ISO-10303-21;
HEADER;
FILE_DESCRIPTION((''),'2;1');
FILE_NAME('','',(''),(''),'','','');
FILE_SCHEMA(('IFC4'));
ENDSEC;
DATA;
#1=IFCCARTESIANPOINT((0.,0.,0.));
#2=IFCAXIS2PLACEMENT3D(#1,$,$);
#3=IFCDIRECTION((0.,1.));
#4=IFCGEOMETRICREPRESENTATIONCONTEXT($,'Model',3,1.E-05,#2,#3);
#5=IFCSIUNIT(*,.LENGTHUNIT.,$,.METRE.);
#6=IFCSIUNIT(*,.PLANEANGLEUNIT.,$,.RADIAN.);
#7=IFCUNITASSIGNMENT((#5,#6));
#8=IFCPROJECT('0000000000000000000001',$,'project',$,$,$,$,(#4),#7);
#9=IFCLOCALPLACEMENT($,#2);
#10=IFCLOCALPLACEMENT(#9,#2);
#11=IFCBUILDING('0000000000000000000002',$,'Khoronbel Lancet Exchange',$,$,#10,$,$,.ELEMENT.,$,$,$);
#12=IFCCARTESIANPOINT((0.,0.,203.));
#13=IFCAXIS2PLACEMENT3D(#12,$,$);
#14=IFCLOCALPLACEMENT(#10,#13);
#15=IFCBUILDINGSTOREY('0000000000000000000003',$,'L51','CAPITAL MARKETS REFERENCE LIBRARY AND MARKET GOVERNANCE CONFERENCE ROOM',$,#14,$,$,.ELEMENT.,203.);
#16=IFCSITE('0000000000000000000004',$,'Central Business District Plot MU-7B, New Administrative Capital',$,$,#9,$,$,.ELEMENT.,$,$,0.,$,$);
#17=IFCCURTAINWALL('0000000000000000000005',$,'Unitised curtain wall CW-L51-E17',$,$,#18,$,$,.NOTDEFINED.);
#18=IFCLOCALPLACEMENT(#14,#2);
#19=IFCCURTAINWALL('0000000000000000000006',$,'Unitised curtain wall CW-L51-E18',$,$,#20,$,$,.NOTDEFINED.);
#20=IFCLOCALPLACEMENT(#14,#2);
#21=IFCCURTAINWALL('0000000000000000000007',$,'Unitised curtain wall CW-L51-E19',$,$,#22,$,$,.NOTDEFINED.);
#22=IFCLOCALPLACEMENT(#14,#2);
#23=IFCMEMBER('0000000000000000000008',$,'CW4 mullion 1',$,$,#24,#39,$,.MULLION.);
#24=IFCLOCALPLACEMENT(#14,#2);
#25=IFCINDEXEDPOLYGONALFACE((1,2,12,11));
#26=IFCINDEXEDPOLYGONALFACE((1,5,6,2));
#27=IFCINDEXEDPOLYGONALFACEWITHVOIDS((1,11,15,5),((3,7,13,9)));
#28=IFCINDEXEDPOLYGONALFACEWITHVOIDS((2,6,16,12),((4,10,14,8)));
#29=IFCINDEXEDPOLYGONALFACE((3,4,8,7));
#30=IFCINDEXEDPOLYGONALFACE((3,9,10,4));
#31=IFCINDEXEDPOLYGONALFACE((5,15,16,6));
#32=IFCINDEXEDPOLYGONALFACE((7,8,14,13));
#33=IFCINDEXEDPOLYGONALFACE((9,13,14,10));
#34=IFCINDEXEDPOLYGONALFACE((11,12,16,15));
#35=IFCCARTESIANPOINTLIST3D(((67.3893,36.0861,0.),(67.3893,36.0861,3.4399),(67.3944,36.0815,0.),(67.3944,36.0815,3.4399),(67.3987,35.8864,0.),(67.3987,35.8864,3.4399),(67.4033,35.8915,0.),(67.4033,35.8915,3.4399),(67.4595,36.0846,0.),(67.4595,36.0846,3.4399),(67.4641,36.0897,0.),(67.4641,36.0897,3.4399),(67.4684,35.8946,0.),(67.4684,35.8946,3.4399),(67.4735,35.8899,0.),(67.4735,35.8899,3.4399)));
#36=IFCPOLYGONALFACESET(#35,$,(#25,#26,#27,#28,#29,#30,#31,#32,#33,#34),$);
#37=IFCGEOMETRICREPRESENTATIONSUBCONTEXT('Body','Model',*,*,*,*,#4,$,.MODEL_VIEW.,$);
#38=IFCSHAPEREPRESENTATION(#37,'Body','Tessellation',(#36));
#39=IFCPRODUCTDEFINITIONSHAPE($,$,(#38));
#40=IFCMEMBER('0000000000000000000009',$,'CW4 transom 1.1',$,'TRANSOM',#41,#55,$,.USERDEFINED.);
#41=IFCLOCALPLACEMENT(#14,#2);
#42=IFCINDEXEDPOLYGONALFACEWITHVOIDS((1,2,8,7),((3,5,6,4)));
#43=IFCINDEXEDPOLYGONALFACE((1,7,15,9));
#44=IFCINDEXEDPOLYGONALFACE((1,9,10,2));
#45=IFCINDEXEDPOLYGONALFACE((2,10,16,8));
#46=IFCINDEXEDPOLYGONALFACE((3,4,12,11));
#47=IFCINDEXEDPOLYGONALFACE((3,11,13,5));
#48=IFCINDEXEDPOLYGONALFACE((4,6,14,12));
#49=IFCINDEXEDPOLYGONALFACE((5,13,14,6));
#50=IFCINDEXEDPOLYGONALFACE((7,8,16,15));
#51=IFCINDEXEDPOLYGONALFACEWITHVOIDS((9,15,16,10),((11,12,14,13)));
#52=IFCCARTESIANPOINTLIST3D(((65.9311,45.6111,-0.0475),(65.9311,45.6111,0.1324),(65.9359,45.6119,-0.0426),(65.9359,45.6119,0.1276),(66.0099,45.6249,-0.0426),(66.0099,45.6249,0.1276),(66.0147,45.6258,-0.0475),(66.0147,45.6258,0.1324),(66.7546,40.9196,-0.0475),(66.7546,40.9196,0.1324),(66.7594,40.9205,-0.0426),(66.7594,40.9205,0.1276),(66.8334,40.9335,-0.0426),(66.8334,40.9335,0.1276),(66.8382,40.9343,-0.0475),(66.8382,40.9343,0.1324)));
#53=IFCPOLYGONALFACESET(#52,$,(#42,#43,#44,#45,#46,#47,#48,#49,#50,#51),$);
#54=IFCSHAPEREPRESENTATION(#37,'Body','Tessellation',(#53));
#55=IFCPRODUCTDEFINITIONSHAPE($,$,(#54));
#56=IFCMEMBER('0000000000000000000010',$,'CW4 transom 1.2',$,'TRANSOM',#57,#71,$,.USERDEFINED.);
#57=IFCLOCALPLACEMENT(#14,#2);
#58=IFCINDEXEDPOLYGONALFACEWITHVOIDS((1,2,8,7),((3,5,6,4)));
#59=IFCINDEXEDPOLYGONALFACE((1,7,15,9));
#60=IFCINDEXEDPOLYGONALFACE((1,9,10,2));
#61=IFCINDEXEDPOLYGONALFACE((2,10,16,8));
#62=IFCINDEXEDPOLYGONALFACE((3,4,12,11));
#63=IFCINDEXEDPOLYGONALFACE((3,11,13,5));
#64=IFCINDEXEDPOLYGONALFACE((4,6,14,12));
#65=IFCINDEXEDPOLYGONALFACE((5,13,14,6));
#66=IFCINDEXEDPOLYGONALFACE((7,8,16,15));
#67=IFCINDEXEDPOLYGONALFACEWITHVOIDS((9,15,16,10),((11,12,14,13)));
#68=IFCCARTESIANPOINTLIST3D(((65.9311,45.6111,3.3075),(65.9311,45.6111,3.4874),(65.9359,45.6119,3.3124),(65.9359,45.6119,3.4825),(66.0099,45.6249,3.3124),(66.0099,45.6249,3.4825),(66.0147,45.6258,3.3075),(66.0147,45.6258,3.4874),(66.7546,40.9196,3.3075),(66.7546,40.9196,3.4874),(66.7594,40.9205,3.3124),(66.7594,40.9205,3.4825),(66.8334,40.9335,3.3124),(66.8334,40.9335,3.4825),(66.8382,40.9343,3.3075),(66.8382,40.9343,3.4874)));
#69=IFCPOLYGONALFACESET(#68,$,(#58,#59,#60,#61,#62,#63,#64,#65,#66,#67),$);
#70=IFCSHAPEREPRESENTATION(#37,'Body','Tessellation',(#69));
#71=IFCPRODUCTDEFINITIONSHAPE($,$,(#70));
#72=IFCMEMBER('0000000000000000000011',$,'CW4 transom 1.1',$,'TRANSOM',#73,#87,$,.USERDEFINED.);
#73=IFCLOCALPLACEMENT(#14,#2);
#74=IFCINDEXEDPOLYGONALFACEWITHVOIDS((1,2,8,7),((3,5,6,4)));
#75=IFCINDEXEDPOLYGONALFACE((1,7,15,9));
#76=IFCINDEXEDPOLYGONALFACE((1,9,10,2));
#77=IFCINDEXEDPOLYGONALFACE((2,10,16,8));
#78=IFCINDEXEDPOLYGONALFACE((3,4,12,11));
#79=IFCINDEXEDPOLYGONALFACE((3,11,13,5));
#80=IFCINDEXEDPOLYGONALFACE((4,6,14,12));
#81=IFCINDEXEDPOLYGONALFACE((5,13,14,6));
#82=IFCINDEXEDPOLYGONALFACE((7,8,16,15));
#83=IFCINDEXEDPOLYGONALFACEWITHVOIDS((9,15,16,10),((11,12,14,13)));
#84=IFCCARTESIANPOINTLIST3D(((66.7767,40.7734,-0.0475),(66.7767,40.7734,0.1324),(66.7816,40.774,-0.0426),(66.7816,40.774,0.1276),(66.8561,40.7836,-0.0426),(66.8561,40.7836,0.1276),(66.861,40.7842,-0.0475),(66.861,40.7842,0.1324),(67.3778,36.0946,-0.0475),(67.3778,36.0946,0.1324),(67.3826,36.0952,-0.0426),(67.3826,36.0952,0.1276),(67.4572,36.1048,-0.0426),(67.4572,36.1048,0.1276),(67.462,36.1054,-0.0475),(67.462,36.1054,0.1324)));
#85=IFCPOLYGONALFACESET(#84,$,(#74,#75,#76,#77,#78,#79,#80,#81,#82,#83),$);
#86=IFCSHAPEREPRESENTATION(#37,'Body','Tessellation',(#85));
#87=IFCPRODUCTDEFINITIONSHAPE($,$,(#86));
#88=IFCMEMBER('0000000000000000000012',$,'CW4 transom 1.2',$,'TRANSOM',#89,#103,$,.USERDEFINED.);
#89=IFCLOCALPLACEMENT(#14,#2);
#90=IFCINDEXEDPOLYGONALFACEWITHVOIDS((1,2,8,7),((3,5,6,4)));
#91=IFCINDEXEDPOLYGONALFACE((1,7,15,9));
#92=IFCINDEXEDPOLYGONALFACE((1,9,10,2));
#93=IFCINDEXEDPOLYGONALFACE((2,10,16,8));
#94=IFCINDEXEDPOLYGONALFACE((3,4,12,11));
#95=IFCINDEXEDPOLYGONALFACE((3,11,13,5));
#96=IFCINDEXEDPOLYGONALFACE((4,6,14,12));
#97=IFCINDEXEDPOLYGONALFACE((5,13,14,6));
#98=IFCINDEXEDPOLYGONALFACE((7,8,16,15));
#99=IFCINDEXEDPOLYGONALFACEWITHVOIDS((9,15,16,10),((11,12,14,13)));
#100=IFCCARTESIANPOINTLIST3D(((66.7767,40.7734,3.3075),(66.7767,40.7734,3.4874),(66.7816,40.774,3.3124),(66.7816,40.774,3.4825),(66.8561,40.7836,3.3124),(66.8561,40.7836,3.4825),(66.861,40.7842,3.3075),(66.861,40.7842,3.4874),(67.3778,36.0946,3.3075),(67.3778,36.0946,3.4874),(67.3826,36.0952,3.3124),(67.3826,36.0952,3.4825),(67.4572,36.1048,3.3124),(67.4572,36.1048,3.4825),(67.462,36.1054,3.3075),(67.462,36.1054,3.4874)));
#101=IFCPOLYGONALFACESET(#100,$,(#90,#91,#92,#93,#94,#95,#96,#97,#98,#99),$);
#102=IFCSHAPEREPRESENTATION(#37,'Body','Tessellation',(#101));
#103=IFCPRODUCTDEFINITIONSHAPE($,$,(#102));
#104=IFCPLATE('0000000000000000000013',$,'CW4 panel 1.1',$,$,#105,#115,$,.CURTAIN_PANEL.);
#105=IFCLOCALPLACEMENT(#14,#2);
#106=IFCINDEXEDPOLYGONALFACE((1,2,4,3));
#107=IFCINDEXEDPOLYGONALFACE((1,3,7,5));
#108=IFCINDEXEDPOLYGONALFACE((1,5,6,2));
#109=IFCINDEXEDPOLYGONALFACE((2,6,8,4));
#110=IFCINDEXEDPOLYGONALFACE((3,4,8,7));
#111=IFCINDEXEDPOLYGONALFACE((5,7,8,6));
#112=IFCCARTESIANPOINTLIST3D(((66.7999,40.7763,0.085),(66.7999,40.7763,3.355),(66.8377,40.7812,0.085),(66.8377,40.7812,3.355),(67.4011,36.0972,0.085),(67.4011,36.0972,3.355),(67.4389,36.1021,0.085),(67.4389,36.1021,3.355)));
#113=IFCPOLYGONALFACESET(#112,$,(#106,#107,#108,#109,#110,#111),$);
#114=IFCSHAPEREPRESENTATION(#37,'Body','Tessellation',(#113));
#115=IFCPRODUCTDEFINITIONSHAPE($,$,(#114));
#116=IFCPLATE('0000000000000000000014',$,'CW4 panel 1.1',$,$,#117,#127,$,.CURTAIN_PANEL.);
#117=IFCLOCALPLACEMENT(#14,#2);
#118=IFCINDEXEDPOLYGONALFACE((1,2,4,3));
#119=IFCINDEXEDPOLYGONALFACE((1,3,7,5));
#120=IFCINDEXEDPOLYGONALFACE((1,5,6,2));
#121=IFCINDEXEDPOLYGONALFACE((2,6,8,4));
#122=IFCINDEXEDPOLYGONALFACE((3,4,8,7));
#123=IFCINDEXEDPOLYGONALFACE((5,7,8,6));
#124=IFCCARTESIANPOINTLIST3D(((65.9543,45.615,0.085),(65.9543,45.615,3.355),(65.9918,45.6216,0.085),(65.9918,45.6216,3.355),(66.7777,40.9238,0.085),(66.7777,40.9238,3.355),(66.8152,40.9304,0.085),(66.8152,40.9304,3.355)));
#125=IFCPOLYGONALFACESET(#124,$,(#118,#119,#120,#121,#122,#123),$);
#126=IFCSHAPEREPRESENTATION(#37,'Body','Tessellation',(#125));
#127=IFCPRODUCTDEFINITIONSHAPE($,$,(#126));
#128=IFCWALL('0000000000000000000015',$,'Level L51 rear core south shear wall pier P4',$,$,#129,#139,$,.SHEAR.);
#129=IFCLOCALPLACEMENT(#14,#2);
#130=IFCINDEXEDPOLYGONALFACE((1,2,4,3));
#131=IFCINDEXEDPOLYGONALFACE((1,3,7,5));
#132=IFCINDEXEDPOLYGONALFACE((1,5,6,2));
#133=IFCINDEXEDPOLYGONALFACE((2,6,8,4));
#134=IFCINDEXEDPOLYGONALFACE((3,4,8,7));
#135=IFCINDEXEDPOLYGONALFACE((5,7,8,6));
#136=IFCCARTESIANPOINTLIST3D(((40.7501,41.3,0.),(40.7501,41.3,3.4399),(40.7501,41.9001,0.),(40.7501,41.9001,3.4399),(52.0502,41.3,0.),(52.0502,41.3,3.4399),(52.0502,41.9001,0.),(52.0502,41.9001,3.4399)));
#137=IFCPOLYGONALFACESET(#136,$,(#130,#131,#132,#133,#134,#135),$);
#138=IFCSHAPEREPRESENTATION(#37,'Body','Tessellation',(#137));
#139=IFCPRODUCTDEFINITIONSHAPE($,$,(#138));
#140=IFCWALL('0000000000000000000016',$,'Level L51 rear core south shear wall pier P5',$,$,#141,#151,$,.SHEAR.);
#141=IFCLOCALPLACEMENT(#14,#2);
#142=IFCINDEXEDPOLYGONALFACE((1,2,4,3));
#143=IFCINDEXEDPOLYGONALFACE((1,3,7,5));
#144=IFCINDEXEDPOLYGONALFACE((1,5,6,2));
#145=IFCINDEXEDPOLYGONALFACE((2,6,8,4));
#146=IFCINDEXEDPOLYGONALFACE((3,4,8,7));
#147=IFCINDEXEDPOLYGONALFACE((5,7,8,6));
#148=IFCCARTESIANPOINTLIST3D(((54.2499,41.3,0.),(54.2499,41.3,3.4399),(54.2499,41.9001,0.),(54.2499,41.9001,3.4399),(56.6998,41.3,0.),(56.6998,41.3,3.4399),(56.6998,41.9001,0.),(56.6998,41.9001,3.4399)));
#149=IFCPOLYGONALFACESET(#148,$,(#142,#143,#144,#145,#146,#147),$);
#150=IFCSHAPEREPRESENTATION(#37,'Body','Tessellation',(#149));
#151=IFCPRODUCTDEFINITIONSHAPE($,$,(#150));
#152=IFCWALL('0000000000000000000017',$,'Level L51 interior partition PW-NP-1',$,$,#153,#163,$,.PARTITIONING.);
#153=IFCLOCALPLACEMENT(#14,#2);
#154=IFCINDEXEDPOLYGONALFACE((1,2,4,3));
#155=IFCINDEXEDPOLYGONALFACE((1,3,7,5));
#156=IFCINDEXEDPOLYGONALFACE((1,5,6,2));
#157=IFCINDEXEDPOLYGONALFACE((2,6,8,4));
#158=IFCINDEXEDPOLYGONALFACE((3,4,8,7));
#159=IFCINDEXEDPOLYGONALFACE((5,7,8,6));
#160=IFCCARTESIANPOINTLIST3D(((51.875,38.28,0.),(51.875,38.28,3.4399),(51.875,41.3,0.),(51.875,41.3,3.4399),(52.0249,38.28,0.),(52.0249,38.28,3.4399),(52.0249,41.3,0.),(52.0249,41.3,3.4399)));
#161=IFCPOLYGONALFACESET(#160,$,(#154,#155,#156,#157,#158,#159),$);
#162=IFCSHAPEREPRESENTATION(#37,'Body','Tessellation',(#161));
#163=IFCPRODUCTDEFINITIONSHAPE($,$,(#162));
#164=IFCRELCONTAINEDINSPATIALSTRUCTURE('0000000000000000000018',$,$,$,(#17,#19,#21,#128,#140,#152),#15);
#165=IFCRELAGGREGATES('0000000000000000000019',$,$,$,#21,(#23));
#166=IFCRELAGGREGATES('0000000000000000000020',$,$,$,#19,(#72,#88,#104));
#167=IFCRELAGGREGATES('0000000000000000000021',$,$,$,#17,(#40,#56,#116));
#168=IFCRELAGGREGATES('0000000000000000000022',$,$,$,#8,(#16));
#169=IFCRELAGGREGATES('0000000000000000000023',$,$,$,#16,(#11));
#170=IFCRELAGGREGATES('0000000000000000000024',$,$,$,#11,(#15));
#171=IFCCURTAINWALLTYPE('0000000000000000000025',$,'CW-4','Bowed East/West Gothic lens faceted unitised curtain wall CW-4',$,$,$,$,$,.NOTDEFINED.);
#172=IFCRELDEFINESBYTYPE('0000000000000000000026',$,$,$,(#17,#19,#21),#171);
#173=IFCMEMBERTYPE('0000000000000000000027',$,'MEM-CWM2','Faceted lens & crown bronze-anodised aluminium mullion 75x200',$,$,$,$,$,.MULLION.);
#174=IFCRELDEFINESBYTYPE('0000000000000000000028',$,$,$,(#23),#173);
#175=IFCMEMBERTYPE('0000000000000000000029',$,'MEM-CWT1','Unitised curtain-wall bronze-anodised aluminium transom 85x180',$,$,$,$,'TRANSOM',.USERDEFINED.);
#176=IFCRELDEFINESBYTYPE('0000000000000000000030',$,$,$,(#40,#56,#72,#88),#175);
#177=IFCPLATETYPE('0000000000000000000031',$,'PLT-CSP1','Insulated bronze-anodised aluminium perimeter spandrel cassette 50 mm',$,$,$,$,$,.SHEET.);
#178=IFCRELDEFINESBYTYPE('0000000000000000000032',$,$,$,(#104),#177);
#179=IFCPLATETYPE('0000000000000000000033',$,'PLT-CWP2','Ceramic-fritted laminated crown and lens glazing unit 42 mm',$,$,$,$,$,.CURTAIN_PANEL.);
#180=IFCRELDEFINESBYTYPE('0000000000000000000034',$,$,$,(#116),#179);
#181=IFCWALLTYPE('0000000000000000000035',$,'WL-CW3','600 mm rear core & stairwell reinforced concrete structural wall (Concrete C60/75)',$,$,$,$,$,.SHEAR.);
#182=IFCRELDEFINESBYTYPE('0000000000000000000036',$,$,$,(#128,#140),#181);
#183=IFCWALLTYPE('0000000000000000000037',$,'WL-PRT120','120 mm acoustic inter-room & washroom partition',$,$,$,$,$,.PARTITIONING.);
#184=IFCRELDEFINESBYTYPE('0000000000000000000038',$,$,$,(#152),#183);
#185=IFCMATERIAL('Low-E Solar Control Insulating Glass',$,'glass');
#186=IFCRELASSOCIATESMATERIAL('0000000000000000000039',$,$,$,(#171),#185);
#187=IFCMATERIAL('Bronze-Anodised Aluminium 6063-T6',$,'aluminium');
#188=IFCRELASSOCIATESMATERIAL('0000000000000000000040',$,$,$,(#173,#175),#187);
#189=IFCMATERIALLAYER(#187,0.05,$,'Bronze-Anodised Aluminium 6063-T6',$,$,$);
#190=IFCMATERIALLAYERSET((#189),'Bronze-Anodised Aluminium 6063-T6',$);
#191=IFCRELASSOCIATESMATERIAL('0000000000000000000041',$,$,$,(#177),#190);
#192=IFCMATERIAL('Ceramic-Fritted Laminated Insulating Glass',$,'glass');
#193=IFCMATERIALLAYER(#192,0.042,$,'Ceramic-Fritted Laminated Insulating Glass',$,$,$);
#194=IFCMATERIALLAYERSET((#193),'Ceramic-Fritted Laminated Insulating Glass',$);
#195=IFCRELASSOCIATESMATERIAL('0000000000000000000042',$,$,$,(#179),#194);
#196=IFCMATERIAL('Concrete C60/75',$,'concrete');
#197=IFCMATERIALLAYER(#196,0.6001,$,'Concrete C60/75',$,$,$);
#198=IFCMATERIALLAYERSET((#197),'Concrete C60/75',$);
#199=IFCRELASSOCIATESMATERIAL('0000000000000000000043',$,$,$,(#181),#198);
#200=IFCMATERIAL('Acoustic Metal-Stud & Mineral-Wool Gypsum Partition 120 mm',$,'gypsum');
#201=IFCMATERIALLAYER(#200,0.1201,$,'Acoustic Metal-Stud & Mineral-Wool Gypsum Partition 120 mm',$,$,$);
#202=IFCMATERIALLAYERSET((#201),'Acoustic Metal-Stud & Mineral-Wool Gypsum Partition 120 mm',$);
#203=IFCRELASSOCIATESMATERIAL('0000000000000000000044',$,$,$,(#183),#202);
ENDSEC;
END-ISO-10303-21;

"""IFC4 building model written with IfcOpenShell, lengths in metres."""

from ifc_helpers import new_model, si_unit, direction, frame, frame_2d, origin, origin_2d, place, context, subcontext, project, spatial, rectangle, hollow_rectangle, extrude, material, layer, layer_set, material_profile, profile_set, type_object, element, aggregate, save


model = new_model("IFC4")

# Units and contexts
model_context = context("Model", 3, precision=1e-05, world=origin(), true_north=direction((0.0, 1.0)))
body_context = subcontext(model_context, "Body", "Model", "MODEL_VIEW")
ifc_project = project(units=[si_unit("LENGTHUNIT", "METRE"), si_unit("PLANEANGLEUNIT", "RADIAN")], contexts=[model_context])

# Site, building, storey
site_placement = place(None, origin())
site = spatial("IfcSite", under=ifc_project, at=site_placement, Name="Central Business District Plot MU-7B, New Administrative Capital", CompositionType="ELEMENT", RefElevation=0.0)
building_placement = place(site_placement, origin())
building = spatial("IfcBuilding", under=site, at=building_placement, Name="Khoronbel Lancet Exchange", CompositionType="ELEMENT")
storey_placement = place(building_placement, frame((0.0, 0.0, 203.0)))
storey = spatial("IfcBuildingStorey", under=building, at=storey_placement, Name="L51", Description="CAPITAL MARKETS REFERENCE LIBRARY AND MARKET GOVERNANCE CONFERENCE ROOM", CompositionType="ELEMENT", Elevation=203.0)

# Shared definitions
ifc_material_1 = material(Name="Concrete C60/75", Category="concrete")

# Curtain walls
ifc_material_2 = material(Name="Low-E Solar Control Insulating Glass", Category="glass")
curtain_wall_type = type_object("IfcCurtainWallType", Name="CW-4", Description="Bowed East/West Gothic lens faceted unitised curtain wall CW-4", PredefinedType="NOTDEFINED", material=ifc_material_2)
curtain_wall_1_placement = place(storey_placement, origin())
curtain_wall_1 = element("IfcCurtainWall", 1, at=curtain_wall_1_placement, inside=storey, type_object=curtain_wall_type, Name="Unitised curtain wall CW-L51-E17", PredefinedType="NOTDEFINED")
ifc_material_3 = material(Name="Bronze-Anodised Aluminium 6063-T6", Category="aluminium")
ifc_material_profile_1 = material_profile(ifc_material_3, hollow_rectangle(XDim=0.075, YDim=0.2, WallThickness=0.0049, at=origin_2d()), Name="ALU MULLION 75x200")
ifc_profile_set_1 = profile_set([ifc_material_profile_1], Name="Bronze-Anodised Aluminium 6063-T6")
member_type_1 = type_object("IfcMemberType", Name="MEM-CWM2", Description="Faceted lens & crown bronze-anodised aluminium mullion 75x200", PredefinedType="MULLION", material=ifc_profile_set_1)
curtain_wall_2_placement = place(storey_placement, origin())
curtain_wall_2 = element("IfcCurtainWall", 2, at=curtain_wall_2_placement, inside=storey, type_object=curtain_wall_type, Name="Unitised curtain wall CW-L51-E18", PredefinedType="NOTDEFINED")

# Curtain wall, member
curtain_wall_3_placement = place(storey_placement, origin())
curtain_wall_3 = element("IfcCurtainWall", 3, at=curtain_wall_3_placement, inside=storey, type_object=curtain_wall_type, Name="Unitised curtain wall CW-L51-E19", PredefinedType="NOTDEFINED")
member_1_placement = place(storey_placement, frame((67.4314, 35.988, 0.0), z_axis=(0.0, 0.0, 1.0), x_axis=(0.998896, 0.04697, 0.0)))
member_1 = element("IfcMember", 4, at=member_1_placement, type_object=member_type_1, Name="CW4 mullion 1", PredefinedType="MULLION", context=body_context, shape_type="SweptSolid", body=[
    extrude(hollow_rectangle(XDim=0.075, YDim=0.2, WallThickness=0.0049, at=origin_2d()), origin(), (0.0, 0.0, 1.0), 3.4399),
])
aggregate(curtain_wall_3, [member_1])

# Members
ifc_material_profile_2 = material_profile(ifc_material_3, hollow_rectangle(XDim=0.085, YDim=0.1799, WallThickness=0.0049, at=origin_2d()), Name="ALU TRANSOM 85x180")
ifc_profile_set_2 = profile_set([ifc_material_profile_2], Name="Bronze-Anodised Aluminium 6063-T6")
member_type_2 = type_object("IfcMemberType", Name="MEM-CWT1", Description="Unitised curtain-wall bronze-anodised aluminium transom 85x180", ElementType="TRANSOM", PredefinedType="USERDEFINED", material=ifc_profile_set_2)
member_2_placement = place(storey_placement, frame((65.9729, 45.6184, 0.0425), z_axis=(0.172888, -0.984942, 0.0), x_axis=(0.984942, 0.172888, 0.0)))
member_2 = element("IfcMember", 5, at=member_2_placement, type_object=member_type_2, Name="CW4 transom 1.1", ObjectType="TRANSOM", PredefinedType="USERDEFINED", context=body_context, shape_type="SweptSolid", body=[
    extrude(hollow_rectangle(XDim=0.085, YDim=0.1799, WallThickness=0.0049, at=origin_2d()), origin(), (0.0, 0.0, 1.0), 4.7632),
])
member_3_placement = place(storey_placement, frame((65.9729, 45.6184, 3.3975), z_axis=(0.172888, -0.984942, 0.0), x_axis=(0.984942, 0.172888, 0.0)))
member_3 = element("IfcMember", 6, at=member_3_placement, type_object=member_type_2, Name="CW4 transom 1.2", ObjectType="TRANSOM", PredefinedType="USERDEFINED", context=body_context, shape_type="SweptSolid", body=[
    extrude(hollow_rectangle(XDim=0.085, YDim=0.1799, WallThickness=0.0049, at=origin_2d()), origin(), (0.0, 0.0, 1.0), 4.7632),
])
member_4_placement = place(storey_placement, frame((66.8188, 40.7788, 0.0425), z_axis=(0.127416, -0.991849, 0.0), x_axis=(0.991849, 0.127416, 0.0)))
member_4 = element("IfcMember", 7, at=member_4_placement, type_object=member_type_2, Name="CW4 transom 1.1", ObjectType="TRANSOM", PredefinedType="USERDEFINED", context=body_context, shape_type="SweptSolid", body=[
    extrude(hollow_rectangle(XDim=0.085, YDim=0.1799, WallThickness=0.0049, at=origin_2d()), origin(), (0.0, 0.0, 1.0), 4.7173),
])
member_5_placement = place(storey_placement, frame((66.8188, 40.7788, 3.3975), z_axis=(0.127416, -0.991849, 0.0), x_axis=(0.991849, 0.127416, 0.0)))
member_5 = element("IfcMember", 8, at=member_5_placement, type_object=member_type_2, Name="CW4 transom 1.2", ObjectType="TRANSOM", PredefinedType="USERDEFINED", context=body_context, shape_type="SweptSolid", body=[
    extrude(hollow_rectangle(XDim=0.085, YDim=0.1799, WallThickness=0.0049, at=origin_2d()), origin(), (0.0, 0.0, 1.0), 4.7173),
])

# Plates
ifc_layer_1 = layer(ifc_material_3, 0.05, Name="Bronze-Anodised Aluminium 6063-T6")
ifc_layer_set_1 = layer_set([ifc_layer_1], Name="Bronze-Anodised Aluminium 6063-T6")
plate_type_1 = type_object("IfcPlateType", Name="PLT-CSP1", Description="Insulated bronze-anodised aluminium perimeter spandrel cassette 50 mm", PredefinedType="SHEET", material=ifc_layer_set_1)
plate_1_placement = place(storey_placement, frame((67.1194, 38.4392, 0.085), z_axis=(0.0, 0.0, 1.0), x_axis=(0.127437, -0.991847, 0.0)))
plate_1 = element("IfcPlate", 9, at=plate_1_placement, type_object=plate_type_1, Name="CW4 panel 1.1", PredefinedType="CURTAIN_PANEL", context=body_context, shape_type="SweptSolid", body=[
    extrude(rectangle(XDim=4.7175, YDim=0.0381, at=origin_2d()), origin(), (0.0, 0.0, 1.0), 3.27),
])
aggregate(curtain_wall_2, [member_4, member_5, plate_1])
ifc_material_4 = material(Name="Ceramic-Fritted Laminated Insulating Glass", Category="glass")
ifc_layer_2 = layer(ifc_material_4, 0.042, Name="Ceramic-Fritted Laminated Insulating Glass")
ifc_layer_set_2 = layer_set([ifc_layer_2], Name="Ceramic-Fritted Laminated Insulating Glass")
plate_type_2 = type_object("IfcPlateType", Name="PLT-CWP2", Description="Ceramic-fritted laminated crown and lens glazing unit 42 mm", PredefinedType="CURTAIN_PANEL", material=ifc_layer_set_2)
plate_2_placement = place(storey_placement, frame((66.3848, 43.2727, 0.085), z_axis=(0.0, 0.0, 1.0), x_axis=(0.172869, -0.984945, 0.0)))
plate_2 = element("IfcPlate", 10, at=plate_2_placement, type_object=plate_type_2, Name="CW4 panel 1.1", PredefinedType="CURTAIN_PANEL", context=body_context, shape_type="SweptSolid", body=[
    extrude(rectangle(XDim=4.7629, YDim=0.0381, at=origin_2d()), origin(), (0.0, 0.0, 1.0), 3.27),
])
aggregate(curtain_wall_1, [member_2, member_3, plate_2])

# Walls
ifc_layer_3 = layer(ifc_material_1, 0.6001, Name="Concrete C60/75")
ifc_layer_set_3 = layer_set([ifc_layer_3], Name="Concrete C60/75")
wall_type_1 = type_object("IfcWallType", Name="WL-CW3", Description="600 mm rear core & stairwell reinforced concrete structural wall (Concrete C60/75)", PredefinedType="SHEAR", material=ifc_layer_set_3)
wall_1_placement = place(storey_placement, frame((52.05, 41.6001, 0.0), z_axis=(0.0, 0.0, 1.0), x_axis=(-1.0, 0.0, 0.0)))
element("IfcWall", 11, at=wall_1_placement, inside=storey, type_object=wall_type_1, Name="Level L51 rear core south shear wall pier P4", PredefinedType="SHEAR", context=body_context, shape_type="SweptSolid", body=[
    extrude(rectangle(XDim=11.3, YDim=0.6001, at=frame_2d((5.6499, 0.0))), origin(), (0.0, 0.0, 1.0), 3.4399),
])
wall_2_placement = place(storey_placement, frame((56.7, 41.6001, 0.0), z_axis=(0.0, 0.0, 1.0), x_axis=(-1.0, 0.0, 0.0)))
element("IfcWall", 12, at=wall_2_placement, inside=storey, type_object=wall_type_1, Name="Level L51 rear core south shear wall pier P5", PredefinedType="SHEAR", context=body_context, shape_type="SweptSolid", body=[
    extrude(rectangle(XDim=2.45, YDim=0.6001, at=frame_2d((1.2251, 0.0))), origin(), (0.0, 0.0, 1.0), 3.4399),
])
ifc_material_5 = material(Name="Acoustic Metal-Stud & Mineral-Wool Gypsum Partition 120 mm", Category="gypsum")
ifc_layer_4 = layer(ifc_material_5, 0.1201, Name="Acoustic Metal-Stud & Mineral-Wool Gypsum Partition 120 mm")
ifc_layer_set_4 = layer_set([ifc_layer_4], Name="Acoustic Metal-Stud & Mineral-Wool Gypsum Partition 120 mm")
wall_type_2 = type_object("IfcWallType", Name="WL-PRT120", Description="120 mm acoustic inter-room & washroom partition", PredefinedType="PARTITIONING", material=ifc_layer_set_4)
wall_3_placement = place(storey_placement, frame((51.95, 38.28, 0.0), z_axis=(0.0, 0.0, 1.0), x_axis=(0.0, 1.0, 0.0)))
element("IfcWall", 13, at=wall_3_placement, inside=storey, type_object=wall_type_2, Name="Level L51 interior partition PW-NP-1", PredefinedType="PARTITIONING", context=body_context, shape_type="SweptSolid", body=[
    extrude(rectangle(XDim=3.02, YDim=0.1499, at=frame_2d((1.51, 0.0))), origin(), (0.0, 0.0, 1.0), 3.4399),
])

save(model, "model.ifc")
